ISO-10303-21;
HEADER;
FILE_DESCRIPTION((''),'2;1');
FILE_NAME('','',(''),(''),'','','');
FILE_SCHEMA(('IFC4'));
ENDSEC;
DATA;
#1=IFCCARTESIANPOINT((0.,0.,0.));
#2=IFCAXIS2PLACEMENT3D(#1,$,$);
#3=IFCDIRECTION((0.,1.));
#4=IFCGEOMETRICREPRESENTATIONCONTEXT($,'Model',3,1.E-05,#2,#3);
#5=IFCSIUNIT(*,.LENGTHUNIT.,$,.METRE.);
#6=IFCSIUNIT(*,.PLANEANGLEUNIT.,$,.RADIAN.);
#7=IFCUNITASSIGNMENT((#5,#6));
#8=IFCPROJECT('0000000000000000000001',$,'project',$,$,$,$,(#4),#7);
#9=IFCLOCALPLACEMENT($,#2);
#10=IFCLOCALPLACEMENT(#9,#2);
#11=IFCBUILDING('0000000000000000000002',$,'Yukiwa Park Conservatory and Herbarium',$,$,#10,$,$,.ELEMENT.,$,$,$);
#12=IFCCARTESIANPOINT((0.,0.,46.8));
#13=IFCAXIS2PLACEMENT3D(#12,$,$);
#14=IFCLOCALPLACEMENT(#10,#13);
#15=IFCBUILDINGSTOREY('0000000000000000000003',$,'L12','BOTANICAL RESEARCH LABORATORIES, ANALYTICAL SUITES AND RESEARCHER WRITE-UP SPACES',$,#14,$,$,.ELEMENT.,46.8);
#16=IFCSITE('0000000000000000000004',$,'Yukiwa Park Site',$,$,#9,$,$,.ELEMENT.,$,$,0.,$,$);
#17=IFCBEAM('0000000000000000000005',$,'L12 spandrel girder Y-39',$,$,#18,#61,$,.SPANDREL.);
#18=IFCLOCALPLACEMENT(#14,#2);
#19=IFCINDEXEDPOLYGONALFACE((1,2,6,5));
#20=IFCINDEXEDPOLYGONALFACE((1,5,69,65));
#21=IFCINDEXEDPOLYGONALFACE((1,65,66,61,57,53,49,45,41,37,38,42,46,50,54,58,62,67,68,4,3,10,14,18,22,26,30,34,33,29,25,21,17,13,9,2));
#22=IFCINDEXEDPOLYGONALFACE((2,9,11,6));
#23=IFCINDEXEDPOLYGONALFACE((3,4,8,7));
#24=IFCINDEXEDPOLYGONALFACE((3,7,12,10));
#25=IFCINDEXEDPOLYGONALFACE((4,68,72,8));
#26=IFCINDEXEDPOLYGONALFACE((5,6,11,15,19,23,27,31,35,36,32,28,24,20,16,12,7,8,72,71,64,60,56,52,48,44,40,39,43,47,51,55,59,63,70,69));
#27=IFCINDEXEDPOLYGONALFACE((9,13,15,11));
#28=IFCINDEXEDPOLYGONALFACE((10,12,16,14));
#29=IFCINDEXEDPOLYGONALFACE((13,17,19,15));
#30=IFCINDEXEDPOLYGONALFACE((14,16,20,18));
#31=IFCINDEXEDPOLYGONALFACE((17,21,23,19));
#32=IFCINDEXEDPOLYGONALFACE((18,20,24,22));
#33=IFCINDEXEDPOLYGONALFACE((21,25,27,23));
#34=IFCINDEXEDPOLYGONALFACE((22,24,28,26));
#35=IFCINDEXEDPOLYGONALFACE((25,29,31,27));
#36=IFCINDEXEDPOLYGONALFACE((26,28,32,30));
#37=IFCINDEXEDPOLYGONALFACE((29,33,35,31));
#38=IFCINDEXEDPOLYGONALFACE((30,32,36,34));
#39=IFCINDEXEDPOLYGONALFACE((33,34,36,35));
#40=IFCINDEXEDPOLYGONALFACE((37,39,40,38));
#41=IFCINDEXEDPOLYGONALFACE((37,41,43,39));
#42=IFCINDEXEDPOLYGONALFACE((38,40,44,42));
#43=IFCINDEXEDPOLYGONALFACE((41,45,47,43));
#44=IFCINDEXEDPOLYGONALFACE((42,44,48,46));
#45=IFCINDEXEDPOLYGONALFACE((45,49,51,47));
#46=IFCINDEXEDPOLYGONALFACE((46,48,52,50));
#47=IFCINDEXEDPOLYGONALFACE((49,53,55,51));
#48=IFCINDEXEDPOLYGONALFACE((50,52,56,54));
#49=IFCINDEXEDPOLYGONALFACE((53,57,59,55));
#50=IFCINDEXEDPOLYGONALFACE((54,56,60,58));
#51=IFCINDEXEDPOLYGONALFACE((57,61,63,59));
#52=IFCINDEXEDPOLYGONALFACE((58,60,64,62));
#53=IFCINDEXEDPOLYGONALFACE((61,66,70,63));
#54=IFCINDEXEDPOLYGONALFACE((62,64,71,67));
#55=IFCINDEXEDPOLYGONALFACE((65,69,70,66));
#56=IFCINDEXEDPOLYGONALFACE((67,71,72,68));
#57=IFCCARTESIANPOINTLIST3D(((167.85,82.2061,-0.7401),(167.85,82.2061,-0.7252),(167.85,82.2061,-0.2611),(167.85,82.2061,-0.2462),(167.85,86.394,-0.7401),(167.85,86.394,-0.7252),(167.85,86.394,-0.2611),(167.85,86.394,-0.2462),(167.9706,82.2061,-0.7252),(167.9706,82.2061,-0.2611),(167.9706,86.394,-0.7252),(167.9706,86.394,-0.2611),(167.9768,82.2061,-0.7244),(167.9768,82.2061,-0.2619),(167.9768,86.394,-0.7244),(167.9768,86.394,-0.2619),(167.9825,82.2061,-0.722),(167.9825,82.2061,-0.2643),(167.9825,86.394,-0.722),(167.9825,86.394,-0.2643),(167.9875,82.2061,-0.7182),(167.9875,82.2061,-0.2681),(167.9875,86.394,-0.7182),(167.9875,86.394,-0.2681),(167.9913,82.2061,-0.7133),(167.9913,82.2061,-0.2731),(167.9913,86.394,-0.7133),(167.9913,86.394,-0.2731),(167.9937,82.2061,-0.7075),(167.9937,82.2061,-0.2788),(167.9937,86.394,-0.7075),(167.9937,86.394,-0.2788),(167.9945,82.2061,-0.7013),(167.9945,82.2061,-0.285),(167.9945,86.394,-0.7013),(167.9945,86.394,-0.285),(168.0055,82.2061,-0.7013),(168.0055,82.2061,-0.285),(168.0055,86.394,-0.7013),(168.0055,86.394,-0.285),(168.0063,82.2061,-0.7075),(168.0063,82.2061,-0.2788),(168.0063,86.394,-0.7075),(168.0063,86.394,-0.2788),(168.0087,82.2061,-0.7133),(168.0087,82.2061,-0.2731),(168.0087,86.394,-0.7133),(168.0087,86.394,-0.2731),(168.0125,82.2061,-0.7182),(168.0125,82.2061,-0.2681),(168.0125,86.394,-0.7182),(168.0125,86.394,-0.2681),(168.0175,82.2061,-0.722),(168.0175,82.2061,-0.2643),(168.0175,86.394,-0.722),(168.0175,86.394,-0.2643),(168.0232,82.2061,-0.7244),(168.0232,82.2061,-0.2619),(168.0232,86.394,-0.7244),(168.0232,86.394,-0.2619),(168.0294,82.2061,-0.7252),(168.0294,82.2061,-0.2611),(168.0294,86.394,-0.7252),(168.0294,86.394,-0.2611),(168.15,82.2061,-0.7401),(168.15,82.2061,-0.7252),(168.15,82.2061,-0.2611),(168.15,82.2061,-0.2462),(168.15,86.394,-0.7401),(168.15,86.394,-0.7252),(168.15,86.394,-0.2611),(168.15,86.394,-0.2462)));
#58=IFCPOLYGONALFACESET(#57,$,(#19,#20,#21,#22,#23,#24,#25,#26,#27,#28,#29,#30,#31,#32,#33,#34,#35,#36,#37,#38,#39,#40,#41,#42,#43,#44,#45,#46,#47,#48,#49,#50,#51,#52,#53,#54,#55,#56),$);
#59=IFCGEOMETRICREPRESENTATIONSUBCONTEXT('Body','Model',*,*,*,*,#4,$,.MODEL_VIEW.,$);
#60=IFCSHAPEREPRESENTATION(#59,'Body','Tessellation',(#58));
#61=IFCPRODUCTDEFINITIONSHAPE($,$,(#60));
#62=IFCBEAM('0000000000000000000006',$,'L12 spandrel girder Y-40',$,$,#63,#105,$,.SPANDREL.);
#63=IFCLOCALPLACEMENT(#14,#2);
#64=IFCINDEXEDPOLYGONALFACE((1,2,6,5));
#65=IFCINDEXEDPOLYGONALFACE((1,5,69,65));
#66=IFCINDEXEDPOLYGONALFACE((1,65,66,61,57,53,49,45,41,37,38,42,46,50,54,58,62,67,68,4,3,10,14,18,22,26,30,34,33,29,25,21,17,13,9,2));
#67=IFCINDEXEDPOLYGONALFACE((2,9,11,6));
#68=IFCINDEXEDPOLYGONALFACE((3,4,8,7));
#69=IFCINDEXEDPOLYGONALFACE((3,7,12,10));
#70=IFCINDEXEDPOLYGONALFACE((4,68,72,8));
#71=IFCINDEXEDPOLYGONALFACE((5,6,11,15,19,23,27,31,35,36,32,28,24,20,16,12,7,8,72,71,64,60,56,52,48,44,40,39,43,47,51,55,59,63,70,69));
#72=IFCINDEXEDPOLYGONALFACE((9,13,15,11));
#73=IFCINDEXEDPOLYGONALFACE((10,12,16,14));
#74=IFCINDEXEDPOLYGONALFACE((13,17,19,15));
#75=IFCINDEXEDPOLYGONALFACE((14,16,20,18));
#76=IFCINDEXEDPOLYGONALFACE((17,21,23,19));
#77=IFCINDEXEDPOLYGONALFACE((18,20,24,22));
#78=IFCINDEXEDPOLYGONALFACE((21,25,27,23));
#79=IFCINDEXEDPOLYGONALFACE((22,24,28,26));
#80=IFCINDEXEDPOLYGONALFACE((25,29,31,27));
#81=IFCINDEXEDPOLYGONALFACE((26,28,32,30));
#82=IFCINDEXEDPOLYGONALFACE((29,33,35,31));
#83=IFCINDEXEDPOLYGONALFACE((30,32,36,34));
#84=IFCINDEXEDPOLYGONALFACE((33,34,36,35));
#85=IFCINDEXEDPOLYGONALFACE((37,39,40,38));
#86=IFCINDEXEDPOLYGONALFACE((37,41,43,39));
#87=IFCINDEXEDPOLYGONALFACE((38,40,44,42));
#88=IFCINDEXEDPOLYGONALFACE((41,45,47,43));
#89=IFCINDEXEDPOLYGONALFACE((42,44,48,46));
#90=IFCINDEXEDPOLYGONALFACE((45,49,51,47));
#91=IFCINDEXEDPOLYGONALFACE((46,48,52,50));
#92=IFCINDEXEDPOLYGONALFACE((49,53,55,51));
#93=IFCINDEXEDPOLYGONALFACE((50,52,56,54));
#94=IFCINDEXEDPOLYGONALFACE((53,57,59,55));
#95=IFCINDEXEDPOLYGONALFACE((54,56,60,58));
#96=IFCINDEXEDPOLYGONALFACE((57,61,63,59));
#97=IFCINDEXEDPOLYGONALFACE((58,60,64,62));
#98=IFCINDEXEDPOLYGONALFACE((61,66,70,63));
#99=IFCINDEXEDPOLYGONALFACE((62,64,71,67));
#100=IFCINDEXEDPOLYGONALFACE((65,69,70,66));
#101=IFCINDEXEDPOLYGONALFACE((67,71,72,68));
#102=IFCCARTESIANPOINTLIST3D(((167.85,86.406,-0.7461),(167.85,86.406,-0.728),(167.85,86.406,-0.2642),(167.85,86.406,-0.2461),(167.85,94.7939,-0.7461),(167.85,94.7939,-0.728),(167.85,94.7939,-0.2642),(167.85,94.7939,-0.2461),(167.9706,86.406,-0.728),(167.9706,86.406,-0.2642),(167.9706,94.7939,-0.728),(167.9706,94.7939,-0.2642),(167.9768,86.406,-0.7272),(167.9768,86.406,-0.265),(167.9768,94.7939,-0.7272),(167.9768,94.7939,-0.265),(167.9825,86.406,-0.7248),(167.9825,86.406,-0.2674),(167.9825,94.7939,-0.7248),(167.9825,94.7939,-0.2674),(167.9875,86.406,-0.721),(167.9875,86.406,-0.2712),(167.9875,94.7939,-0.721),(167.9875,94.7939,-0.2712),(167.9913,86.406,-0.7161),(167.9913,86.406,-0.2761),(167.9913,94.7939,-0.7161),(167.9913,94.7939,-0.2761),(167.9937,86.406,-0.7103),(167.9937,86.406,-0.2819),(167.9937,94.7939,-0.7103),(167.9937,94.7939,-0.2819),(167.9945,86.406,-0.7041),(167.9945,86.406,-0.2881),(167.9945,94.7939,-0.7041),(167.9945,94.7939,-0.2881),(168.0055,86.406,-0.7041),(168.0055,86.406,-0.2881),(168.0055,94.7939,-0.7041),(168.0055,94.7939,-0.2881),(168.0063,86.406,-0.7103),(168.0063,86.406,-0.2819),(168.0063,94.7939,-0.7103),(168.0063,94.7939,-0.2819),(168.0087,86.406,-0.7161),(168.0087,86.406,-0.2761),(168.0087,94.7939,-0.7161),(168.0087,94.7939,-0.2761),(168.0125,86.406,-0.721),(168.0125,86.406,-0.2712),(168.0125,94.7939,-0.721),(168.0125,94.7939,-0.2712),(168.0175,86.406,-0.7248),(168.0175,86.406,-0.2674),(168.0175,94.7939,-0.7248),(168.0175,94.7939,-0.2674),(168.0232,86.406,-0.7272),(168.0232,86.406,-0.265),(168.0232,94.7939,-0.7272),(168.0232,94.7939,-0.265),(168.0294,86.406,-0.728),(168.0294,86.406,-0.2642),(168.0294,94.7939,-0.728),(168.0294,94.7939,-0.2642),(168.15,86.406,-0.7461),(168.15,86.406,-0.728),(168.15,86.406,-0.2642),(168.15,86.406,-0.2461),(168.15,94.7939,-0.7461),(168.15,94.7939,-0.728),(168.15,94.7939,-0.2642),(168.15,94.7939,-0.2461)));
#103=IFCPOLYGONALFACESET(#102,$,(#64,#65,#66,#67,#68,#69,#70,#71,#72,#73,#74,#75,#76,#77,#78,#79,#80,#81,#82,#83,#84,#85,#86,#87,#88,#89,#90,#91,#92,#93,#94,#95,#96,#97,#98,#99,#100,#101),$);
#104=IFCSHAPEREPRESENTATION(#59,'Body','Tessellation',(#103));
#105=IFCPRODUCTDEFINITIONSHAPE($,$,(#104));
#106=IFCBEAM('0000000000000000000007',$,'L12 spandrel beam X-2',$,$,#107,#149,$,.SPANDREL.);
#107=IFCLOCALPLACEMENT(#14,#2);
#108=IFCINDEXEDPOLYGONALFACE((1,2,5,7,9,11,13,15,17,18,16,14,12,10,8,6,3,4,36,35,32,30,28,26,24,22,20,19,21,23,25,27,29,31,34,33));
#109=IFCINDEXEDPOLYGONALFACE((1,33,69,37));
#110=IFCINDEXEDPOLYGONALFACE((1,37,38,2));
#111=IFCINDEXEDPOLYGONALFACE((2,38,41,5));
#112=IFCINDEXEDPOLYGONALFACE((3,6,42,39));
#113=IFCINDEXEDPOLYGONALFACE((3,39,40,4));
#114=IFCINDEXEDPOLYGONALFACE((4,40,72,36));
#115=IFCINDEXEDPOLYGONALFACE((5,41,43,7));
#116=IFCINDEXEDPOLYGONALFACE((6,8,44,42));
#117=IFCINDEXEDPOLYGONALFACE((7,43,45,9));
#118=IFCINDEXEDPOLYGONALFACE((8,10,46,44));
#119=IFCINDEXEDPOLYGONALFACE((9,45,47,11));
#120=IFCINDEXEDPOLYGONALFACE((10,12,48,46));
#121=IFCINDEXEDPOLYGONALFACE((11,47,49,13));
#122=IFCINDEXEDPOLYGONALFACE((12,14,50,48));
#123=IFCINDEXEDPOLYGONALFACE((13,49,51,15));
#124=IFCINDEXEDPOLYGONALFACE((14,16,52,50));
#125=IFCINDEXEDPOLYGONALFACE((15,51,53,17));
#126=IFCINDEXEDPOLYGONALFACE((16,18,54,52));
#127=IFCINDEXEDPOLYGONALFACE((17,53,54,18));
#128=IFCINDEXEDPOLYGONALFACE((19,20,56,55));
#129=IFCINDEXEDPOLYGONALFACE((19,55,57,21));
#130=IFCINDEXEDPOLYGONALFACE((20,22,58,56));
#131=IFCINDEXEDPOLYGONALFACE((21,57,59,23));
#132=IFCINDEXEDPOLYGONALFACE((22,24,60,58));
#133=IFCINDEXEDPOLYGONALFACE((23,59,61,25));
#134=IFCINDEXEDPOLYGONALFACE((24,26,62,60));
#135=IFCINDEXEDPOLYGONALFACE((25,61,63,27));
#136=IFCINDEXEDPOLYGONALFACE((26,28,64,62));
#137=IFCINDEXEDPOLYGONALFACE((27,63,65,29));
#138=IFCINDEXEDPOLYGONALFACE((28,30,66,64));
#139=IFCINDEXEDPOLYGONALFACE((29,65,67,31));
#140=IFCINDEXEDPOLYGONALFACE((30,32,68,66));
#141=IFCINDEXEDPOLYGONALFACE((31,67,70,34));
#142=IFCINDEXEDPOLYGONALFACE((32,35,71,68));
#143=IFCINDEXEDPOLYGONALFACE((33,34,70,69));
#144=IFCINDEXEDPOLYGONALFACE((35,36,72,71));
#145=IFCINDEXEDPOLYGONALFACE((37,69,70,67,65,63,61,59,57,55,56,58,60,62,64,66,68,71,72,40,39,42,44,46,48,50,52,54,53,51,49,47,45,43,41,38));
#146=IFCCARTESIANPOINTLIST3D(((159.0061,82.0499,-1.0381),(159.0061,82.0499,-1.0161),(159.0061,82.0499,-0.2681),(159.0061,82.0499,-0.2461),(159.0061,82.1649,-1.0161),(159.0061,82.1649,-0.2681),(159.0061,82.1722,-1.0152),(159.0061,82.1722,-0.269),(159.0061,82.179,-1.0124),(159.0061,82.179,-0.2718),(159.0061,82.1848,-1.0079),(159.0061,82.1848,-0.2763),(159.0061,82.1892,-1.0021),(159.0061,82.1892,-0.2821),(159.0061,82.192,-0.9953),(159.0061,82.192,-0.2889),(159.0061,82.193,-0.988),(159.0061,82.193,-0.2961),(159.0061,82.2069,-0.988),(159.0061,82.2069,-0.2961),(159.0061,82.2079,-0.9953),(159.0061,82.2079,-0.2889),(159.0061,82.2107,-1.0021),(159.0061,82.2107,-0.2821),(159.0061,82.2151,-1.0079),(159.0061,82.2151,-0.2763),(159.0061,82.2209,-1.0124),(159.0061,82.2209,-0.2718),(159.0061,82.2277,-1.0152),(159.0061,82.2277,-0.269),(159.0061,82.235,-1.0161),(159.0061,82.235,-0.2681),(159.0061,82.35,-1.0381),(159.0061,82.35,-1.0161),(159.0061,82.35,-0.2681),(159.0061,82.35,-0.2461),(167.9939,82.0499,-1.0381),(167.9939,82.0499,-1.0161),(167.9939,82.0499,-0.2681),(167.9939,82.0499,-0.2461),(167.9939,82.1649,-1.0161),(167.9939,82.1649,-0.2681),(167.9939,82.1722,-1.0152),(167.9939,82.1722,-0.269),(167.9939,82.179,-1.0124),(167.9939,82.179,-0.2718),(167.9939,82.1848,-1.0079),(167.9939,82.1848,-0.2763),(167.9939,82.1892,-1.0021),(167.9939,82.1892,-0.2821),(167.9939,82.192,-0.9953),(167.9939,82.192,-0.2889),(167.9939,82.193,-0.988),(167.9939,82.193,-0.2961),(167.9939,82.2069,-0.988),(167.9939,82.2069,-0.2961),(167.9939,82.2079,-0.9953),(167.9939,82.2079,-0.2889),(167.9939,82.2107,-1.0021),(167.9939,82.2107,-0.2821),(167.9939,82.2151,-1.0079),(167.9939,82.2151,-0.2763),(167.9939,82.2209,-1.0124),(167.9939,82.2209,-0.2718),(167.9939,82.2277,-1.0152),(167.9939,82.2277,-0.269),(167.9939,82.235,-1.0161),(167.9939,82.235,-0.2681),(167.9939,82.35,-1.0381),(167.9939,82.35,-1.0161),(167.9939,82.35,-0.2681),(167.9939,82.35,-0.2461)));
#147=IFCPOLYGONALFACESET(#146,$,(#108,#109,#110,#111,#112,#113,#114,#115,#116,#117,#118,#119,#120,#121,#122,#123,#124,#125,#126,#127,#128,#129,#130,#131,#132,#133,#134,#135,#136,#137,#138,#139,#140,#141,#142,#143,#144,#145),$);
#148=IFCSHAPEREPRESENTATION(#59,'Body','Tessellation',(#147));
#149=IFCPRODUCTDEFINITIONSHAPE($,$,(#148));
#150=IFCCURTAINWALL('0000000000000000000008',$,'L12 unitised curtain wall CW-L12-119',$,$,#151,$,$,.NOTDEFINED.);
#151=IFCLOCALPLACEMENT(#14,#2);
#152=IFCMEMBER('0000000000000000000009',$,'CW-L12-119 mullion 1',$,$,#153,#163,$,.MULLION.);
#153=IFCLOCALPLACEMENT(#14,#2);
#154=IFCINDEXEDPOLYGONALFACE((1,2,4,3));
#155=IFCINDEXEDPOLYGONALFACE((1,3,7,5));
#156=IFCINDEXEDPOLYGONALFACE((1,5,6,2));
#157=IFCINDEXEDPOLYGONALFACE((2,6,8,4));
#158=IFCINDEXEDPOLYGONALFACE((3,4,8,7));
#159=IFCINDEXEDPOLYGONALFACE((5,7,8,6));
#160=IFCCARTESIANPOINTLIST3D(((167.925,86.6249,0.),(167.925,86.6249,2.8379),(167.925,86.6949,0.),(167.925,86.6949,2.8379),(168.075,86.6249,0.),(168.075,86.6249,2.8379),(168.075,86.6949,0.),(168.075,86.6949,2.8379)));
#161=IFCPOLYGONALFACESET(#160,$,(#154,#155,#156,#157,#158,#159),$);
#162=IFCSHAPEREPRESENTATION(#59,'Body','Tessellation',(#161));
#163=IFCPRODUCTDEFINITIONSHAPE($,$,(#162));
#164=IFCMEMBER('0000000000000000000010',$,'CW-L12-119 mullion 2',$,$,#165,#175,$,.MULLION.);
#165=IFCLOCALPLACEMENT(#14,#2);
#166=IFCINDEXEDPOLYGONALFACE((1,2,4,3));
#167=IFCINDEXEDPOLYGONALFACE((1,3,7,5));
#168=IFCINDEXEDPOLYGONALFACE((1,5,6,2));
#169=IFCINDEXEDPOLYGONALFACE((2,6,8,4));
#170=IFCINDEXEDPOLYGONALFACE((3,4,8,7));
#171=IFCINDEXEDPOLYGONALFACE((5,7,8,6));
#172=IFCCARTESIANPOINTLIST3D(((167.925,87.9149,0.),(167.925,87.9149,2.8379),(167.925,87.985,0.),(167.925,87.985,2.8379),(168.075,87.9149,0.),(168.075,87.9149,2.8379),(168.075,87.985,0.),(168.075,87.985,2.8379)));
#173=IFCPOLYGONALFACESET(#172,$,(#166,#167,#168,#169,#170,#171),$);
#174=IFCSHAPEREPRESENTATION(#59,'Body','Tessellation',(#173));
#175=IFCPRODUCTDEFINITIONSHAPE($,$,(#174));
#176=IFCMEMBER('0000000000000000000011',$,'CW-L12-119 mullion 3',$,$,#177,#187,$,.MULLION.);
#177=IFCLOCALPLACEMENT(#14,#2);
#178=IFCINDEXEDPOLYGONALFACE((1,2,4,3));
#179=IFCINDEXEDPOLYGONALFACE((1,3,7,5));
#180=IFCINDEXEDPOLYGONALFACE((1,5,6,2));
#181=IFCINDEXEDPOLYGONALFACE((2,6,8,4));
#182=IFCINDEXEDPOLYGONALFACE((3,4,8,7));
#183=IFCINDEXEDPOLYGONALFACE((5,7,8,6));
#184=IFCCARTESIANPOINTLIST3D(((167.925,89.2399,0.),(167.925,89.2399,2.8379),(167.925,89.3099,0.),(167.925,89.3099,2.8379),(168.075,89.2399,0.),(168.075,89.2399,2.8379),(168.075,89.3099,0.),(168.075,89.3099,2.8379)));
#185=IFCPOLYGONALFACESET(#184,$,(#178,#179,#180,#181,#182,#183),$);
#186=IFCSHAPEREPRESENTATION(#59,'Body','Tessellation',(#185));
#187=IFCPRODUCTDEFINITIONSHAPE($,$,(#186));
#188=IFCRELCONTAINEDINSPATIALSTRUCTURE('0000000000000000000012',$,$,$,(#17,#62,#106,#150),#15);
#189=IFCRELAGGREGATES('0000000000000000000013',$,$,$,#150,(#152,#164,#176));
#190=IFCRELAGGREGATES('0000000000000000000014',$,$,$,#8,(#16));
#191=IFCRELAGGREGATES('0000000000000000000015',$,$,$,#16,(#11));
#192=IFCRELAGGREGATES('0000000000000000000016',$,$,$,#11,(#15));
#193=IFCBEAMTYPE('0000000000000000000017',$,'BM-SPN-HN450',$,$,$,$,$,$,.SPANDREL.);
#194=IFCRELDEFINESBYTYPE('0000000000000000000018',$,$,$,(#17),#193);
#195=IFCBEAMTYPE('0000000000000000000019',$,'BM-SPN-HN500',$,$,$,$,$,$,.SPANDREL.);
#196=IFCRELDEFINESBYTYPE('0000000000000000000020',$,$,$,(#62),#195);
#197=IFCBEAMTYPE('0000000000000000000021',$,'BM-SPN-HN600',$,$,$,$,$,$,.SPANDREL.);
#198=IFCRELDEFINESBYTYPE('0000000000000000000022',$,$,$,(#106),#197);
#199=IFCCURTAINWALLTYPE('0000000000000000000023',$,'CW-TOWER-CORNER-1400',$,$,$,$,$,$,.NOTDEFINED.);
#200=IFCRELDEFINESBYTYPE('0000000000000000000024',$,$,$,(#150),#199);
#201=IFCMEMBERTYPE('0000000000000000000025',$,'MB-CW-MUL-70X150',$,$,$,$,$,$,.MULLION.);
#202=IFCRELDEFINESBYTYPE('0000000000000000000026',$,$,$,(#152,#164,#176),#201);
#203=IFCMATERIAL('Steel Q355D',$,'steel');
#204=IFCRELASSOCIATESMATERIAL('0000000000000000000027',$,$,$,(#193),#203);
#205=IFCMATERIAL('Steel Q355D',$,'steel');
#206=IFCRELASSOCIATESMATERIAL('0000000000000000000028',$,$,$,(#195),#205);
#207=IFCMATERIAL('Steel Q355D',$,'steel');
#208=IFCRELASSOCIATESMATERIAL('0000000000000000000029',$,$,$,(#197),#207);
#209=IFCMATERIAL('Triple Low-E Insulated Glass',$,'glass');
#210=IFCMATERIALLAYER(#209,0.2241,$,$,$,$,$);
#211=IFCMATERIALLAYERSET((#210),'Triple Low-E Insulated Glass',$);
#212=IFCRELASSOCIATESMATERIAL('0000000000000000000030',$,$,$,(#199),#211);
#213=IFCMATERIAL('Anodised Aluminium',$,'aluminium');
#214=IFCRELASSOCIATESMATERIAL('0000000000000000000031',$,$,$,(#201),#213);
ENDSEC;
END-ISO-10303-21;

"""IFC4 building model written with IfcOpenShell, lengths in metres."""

from ifc_helpers import new_model, si_unit, direction, frame, origin, origin_2d, place, context, subcontext, project, spatial, rectangle, i_section, extrude, material, layer, layer_set, material_profile, profile_set, type_object, element, aggregate, save


model = new_model("IFC4")

# Units and contexts
model_context = context("Model", 3, precision=1e-05, world=origin(), true_north=direction((0.0, 1.0)))
body_context = subcontext(model_context, "Body", "Model", "MODEL_VIEW")
ifc_project = project(units=[si_unit("LENGTHUNIT", "METRE"), si_unit("PLANEANGLEUNIT", "RADIAN")], contexts=[model_context])

# Site, building, storey
site_placement = place(None, origin())
site = spatial("IfcSite", under=ifc_project, at=site_placement, Name="Yukiwa Park Site", CompositionType="ELEMENT", RefElevation=0.0)
building_placement = place(site_placement, origin())
building = spatial("IfcBuilding", under=site, at=building_placement, Name="Yukiwa Park Conservatory and Herbarium", CompositionType="ELEMENT")
storey_placement = place(building_placement, frame((0.0, 0.0, 46.8)))
storey = spatial("IfcBuildingStorey", under=building, at=storey_placement, Name="L12", Description="BOTANICAL RESEARCH LABORATORIES, ANALYTICAL SUITES AND RESEARCHER WRITE-UP SPACES", CompositionType="ELEMENT", Elevation=46.8)

# Beams
ifc_material_1 = material(Name="Steel Q355D", Category="steel")
ifc_material_profile_1 = material_profile(ifc_material_1, i_section(OverallWidth=0.3, OverallDepth=0.4939, WebThickness=0.011, FlangeThickness=0.0149, FilletRadius=0.0239, at=origin_2d()), Name="HM 494x300x11x15")
ifc_profile_set_1 = profile_set([ifc_material_profile_1], Name="Steel Q355D")
beam_type_1 = type_object("IfcBeamType", Name="BM-SPN-HN450", PredefinedType="SPANDREL", material=ifc_profile_set_1)
beam_1_placement = place(storey_placement, frame((168.0, 82.2061, -0.4932), z_axis=(0.0, 1.0, 0.0), x_axis=(-1.0, 0.0, 0.0)))
element("IfcBeam", 1, at=beam_1_placement, inside=storey, type_object=beam_type_1, Name="L12 spandrel girder Y-39", PredefinedType="SPANDREL", context=body_context, shape_type="SweptSolid", body=[
    extrude(i_section(OverallWidth=0.3, OverallDepth=0.4939, WebThickness=0.011, FlangeThickness=0.0149, FilletRadius=0.0239, at=origin_2d()), origin(), (0.0, 0.0, 1.0), 4.188),
])
ifc_material_2 = material(Name="Steel Q355D", Category="steel")
ifc_material_profile_2 = material_profile(ifc_material_2, i_section(OverallWidth=0.3, OverallDepth=0.5, WebThickness=0.011, FlangeThickness=0.0181, FilletRadius=0.0239, at=origin_2d()), Name="HM 500x300x11x18")
ifc_profile_set_2 = profile_set([ifc_material_profile_2], Name="Steel Q355D")
beam_type_2 = type_object("IfcBeamType", Name="BM-SPN-HN500", PredefinedType="SPANDREL", material=ifc_profile_set_2)
beam_2_placement = place(storey_placement, frame((168.0, 86.406, -0.4961), z_axis=(0.0, 1.0, 0.0), x_axis=(-1.0, 0.0, 0.0)))
element("IfcBeam", 2, at=beam_2_placement, inside=storey, type_object=beam_type_2, Name="L12 spandrel girder Y-40", PredefinedType="SPANDREL", context=body_context, shape_type="SweptSolid", body=[
    extrude(i_section(OverallWidth=0.3, OverallDepth=0.5, WebThickness=0.011, FlangeThickness=0.0181, FilletRadius=0.0239, at=origin_2d()), origin(), (0.0, 0.0, 1.0), 8.3879),
])
ifc_material_3 = material(Name="Steel Q355D", Category="steel")
ifc_material_profile_3 = material_profile(ifc_material_3, i_section(OverallWidth=0.3, OverallDepth=0.792, WebThickness=0.0139, FlangeThickness=0.022, FilletRadius=0.0281, at=origin_2d()), Name="HN 792x300x14x22")
ifc_profile_set_3 = profile_set([ifc_material_profile_3], Name="Steel Q355D")
beam_type_3 = type_object("IfcBeamType", Name="BM-SPN-HN600", PredefinedType="SPANDREL", material=ifc_profile_set_3)
beam_3_placement = place(storey_placement, frame((159.0061, 82.2, -0.6421), z_axis=(1.0, 0.0, 0.0), x_axis=(0.0, 1.0, 0.0)))
element("IfcBeam", 3, at=beam_3_placement, inside=storey, type_object=beam_type_3, Name="L12 spandrel beam X-2", PredefinedType="SPANDREL", context=body_context, shape_type="SweptSolid", body=[
    extrude(i_section(OverallWidth=0.3, OverallDepth=0.792, WebThickness=0.0139, FlangeThickness=0.022, FilletRadius=0.0281, at=origin_2d()), origin(), (0.0, 0.0, 1.0), 8.9878),
])

# Curtain wall, members
ifc_material_4 = material(Name="Triple Low-E Insulated Glass", Category="glass")
ifc_layer_1 = layer(ifc_material_4, 0.2241)
ifc_layer_set_1 = layer_set([ifc_layer_1], Name="Triple Low-E Insulated Glass")
curtain_wall_type = type_object("IfcCurtainWallType", Name="CW-TOWER-CORNER-1400", PredefinedType="NOTDEFINED", material=ifc_layer_set_1)
curtain_wall_placement = place(storey_placement, origin())
curtain_wall = element("IfcCurtainWall", 4, at=curtain_wall_placement, inside=storey, type_object=curtain_wall_type, Name="L12 unitised curtain wall CW-L12-119", PredefinedType="NOTDEFINED")
ifc_material_5 = material(Name="Anodised Aluminium", Category="aluminium")
member_type_1 = type_object("IfcMemberType", Name="MB-CW-MUL-70X150", PredefinedType="MULLION", material=ifc_material_5)
member_1_placement = place(storey_placement, frame((168.0, 86.6599, 0.0), z_axis=(0.0, 0.0, 1.0), x_axis=(0.0, 1.0, 0.0)))
member_1 = element("IfcMember", 5, at=member_1_placement, type_object=member_type_1, Name="CW-L12-119 mullion 1", PredefinedType="MULLION", context=body_context, shape_type="SweptSolid", body=[
    extrude(rectangle(XDim=0.0701, YDim=0.1499, at=origin_2d()), origin(), (0.0, 0.0, 1.0), 2.8379),
])
member_2_placement = place(storey_placement, frame((168.0, 87.95, 0.0), z_axis=(0.0, 0.0, 1.0), x_axis=(0.0, 1.0, 0.0)))
member_2 = element("IfcMember", 6, at=member_2_placement, type_object=member_type_1, Name="CW-L12-119 mullion 2", PredefinedType="MULLION", context=body_context, shape_type="SweptSolid", body=[
    extrude(rectangle(XDim=0.0701, YDim=0.1499, at=origin_2d()), origin(), (0.0, 0.0, 1.0), 2.8379),
])
member_3_placement = place(storey_placement, frame((168.0, 89.2749, 0.0), z_axis=(0.0, 0.0, 1.0), x_axis=(0.0, 1.0, 0.0)))
member_3 = element("IfcMember", 7, at=member_3_placement, type_object=member_type_1, Name="CW-L12-119 mullion 3", PredefinedType="MULLION", context=body_context, shape_type="SweptSolid", body=[
    extrude(rectangle(XDim=0.0701, YDim=0.1499, at=origin_2d()), origin(), (0.0, 0.0, 1.0), 2.8379),
])
aggregate(curtain_wall, [member_1, member_2, member_3])

save(model, "model.ifc")
